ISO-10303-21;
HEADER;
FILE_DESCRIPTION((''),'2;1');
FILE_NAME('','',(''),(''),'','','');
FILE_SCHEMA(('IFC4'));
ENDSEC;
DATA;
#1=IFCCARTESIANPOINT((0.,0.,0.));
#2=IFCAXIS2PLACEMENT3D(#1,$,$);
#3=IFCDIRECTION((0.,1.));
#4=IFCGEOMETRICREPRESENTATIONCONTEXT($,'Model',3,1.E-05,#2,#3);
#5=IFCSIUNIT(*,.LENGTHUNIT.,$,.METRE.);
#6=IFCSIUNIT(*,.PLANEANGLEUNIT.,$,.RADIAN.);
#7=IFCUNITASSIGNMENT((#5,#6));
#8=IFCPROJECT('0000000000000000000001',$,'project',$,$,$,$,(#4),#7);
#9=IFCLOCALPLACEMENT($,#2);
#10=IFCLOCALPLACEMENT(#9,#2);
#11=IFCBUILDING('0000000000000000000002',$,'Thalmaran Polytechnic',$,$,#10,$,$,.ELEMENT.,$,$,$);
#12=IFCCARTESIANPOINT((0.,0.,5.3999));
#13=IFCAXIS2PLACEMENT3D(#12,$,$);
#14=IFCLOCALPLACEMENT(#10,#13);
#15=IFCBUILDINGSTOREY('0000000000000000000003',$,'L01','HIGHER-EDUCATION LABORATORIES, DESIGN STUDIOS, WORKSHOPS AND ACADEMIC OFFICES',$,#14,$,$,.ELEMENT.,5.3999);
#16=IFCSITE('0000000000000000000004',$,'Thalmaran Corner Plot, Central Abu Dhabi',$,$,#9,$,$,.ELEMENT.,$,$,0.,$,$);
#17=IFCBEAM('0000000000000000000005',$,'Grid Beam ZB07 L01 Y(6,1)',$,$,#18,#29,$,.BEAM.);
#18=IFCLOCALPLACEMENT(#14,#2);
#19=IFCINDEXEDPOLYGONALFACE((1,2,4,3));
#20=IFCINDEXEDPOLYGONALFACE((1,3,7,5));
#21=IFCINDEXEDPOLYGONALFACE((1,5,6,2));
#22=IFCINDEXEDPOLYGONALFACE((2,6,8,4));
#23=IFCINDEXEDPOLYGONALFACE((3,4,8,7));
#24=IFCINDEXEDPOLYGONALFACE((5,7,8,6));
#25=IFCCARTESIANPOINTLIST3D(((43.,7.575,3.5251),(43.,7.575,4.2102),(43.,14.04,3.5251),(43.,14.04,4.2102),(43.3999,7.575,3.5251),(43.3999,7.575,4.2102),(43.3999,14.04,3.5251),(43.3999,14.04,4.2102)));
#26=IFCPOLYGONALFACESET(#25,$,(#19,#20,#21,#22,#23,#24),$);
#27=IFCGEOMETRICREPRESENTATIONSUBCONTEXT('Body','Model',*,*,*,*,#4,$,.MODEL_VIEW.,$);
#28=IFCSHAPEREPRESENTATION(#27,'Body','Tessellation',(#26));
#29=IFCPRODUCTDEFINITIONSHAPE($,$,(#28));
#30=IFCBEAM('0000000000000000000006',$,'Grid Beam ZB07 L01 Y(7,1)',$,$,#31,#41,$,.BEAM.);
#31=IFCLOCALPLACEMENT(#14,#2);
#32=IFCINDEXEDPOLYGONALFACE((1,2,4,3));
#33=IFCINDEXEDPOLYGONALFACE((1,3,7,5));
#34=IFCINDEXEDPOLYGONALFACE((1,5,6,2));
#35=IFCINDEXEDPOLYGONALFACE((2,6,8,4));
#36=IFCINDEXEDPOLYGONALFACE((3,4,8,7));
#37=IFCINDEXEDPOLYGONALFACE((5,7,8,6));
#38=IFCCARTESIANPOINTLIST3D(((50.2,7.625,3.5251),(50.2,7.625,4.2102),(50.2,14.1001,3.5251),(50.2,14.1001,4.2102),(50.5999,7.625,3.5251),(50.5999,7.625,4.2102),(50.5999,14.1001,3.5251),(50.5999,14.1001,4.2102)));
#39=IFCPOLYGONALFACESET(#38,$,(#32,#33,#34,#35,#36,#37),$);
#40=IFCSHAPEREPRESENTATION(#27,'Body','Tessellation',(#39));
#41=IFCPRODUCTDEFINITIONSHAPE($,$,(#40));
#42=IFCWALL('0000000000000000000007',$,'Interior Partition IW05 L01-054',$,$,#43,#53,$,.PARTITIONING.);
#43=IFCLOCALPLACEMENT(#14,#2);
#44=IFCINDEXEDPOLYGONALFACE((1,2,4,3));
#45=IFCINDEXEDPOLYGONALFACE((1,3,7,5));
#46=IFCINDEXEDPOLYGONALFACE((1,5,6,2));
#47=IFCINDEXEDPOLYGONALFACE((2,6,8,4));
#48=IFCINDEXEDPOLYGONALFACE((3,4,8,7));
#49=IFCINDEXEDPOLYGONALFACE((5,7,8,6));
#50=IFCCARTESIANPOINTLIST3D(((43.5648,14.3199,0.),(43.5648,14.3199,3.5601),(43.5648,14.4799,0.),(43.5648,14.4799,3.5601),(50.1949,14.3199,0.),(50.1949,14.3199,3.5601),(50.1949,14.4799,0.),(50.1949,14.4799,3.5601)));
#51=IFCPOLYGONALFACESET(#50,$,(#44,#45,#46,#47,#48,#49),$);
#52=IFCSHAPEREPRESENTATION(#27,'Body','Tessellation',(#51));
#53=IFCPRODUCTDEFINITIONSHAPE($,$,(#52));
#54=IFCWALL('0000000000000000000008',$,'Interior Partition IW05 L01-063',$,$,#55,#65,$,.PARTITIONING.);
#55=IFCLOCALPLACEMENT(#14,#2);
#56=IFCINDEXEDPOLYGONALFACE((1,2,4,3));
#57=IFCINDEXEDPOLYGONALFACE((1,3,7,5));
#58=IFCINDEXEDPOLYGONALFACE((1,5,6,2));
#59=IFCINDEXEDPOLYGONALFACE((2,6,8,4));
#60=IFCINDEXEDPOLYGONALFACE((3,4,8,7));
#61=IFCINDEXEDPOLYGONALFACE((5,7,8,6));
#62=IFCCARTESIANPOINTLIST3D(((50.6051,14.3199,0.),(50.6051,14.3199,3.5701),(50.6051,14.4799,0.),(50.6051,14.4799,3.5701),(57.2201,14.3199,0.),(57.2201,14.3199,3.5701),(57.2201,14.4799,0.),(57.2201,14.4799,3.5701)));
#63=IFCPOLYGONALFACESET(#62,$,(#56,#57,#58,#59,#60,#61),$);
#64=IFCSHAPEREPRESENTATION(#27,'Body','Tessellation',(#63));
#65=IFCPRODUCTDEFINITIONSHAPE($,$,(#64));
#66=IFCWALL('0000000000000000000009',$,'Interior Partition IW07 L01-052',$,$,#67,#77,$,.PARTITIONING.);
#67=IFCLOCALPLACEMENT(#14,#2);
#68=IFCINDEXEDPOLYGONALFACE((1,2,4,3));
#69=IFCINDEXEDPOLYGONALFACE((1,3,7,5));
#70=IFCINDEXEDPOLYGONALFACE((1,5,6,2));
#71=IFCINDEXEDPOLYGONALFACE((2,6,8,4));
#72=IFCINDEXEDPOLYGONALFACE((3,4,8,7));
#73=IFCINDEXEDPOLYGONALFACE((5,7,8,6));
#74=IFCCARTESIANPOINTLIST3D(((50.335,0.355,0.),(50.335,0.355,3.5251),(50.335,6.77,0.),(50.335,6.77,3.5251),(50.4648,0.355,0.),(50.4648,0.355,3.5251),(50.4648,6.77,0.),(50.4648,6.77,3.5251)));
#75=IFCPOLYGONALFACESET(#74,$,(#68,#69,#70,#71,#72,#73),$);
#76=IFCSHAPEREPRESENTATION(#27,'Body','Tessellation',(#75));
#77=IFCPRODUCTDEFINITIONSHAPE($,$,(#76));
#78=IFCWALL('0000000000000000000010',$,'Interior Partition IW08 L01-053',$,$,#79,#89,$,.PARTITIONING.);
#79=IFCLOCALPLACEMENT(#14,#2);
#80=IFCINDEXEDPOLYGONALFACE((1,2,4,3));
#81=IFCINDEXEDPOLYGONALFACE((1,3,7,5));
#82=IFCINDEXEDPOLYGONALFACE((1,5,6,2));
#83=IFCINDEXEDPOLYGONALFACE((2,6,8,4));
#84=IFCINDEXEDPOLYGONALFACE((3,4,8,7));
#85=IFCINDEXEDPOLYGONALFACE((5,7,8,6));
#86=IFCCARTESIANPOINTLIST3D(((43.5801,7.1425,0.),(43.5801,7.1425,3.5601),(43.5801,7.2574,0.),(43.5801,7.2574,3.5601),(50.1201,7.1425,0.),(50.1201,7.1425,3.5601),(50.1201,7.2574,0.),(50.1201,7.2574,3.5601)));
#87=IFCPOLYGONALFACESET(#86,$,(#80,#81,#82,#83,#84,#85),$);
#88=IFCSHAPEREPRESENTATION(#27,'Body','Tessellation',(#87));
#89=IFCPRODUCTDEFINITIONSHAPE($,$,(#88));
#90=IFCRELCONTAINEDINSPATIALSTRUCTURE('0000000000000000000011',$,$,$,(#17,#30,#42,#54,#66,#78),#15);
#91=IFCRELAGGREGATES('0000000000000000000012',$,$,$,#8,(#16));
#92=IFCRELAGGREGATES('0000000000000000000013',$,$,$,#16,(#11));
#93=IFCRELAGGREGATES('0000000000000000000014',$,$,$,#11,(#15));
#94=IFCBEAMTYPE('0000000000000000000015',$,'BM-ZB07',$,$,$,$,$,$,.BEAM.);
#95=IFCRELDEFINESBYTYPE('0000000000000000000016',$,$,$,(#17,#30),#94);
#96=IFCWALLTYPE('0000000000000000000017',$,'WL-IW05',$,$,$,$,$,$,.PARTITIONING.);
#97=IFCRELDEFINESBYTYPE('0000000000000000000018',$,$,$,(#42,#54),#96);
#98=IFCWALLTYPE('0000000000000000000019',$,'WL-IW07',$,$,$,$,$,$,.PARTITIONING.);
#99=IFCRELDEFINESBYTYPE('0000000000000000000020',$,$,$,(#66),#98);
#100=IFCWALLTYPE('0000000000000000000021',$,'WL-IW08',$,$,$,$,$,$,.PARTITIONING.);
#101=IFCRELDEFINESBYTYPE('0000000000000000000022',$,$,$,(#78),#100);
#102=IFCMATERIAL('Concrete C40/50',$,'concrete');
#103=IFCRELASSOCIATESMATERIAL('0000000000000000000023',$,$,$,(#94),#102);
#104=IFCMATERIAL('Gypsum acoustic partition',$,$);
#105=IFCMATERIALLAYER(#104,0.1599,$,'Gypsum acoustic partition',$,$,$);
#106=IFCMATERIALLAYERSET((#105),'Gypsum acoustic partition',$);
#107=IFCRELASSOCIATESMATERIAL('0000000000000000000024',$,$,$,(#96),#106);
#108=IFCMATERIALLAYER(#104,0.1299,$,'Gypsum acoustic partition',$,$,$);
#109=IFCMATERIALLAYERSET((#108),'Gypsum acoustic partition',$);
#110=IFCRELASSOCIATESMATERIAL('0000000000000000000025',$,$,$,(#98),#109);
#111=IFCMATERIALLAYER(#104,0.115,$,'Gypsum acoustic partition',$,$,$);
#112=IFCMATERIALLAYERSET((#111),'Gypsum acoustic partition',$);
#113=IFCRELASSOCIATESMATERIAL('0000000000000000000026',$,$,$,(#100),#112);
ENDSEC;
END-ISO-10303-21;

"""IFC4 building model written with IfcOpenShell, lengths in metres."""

from ifc_helpers import new_model, si_unit, direction, frame, frame_2d, origin, origin_2d, place, context, subcontext, project, spatial, rectangle, extrude, material, layer, layer_set, material_profile, profile_set, type_object, element, save


model = new_model("IFC4")

# Units and contexts
model_context = context("Model", 3, precision=1e-05, world=origin(), true_north=direction((0.0, 1.0)))
body_context = subcontext(model_context, "Body", "Model", "MODEL_VIEW")
ifc_project = project(units=[si_unit("LENGTHUNIT", "METRE"), si_unit("PLANEANGLEUNIT", "RADIAN")], contexts=[model_context])

# Site, building, storey
site_placement = place(None, origin())
site = spatial("IfcSite", under=ifc_project, at=site_placement, Name="Thalmaran Corner Plot, Central Abu Dhabi", CompositionType="ELEMENT", RefElevation=0.0)
building_placement = place(site_placement, origin())
building = spatial("IfcBuilding", under=site, at=building_placement, Name="Thalmaran Polytechnic", CompositionType="ELEMENT")
storey_placement = place(building_placement, frame((0.0, 0.0, 5.3999)))
storey = spatial("IfcBuildingStorey", under=building, at=storey_placement, Name="L01", Description="HIGHER-EDUCATION LABORATORIES, DESIGN STUDIOS, WORKSHOPS AND ACADEMIC OFFICES", CompositionType="ELEMENT", Elevation=5.3999)

# Shared definitions
ifc_material_1 = material(Name="Concrete C40/50", Category="concrete")

# Beams
ifc_material_profile_1 = material_profile(ifc_material_1, rectangle(XDim=0.3999, YDim=0.6851, at=origin_2d()), Name="RC 400x685")
ifc_profile_set_1 = profile_set([ifc_material_profile_1], Name="Concrete C40/50")
beam_type_1 = type_object("IfcBeamType", Name="BM-ZB07", PredefinedType="BEAM", material=ifc_profile_set_1)
beam_1_placement = place(storey_placement, frame((43.2, 7.575, 3.8677), z_axis=(0.0, 1.0, 0.0), x_axis=(-1.0, 0.0, 0.0)))
element("IfcBeam", 1, at=beam_1_placement, inside=storey, type_object=beam_type_1, Name="Grid Beam ZB07 L01 Y(6,1)", PredefinedType="BEAM", context=body_context, shape_type="SweptSolid", body=[
    extrude(rectangle(XDim=0.3999, YDim=0.6851, at=origin_2d()), origin(), (0.0, 0.0, 1.0), 6.4651),
])
beam_2_placement = place(storey_placement, frame((50.3999, 7.625, 3.8677), z_axis=(0.0, 1.0, 0.0), x_axis=(-1.0, 0.0, 0.0)))
element("IfcBeam", 2, at=beam_2_placement, inside=storey, type_object=beam_type_1, Name="Grid Beam ZB07 L01 Y(7,1)", PredefinedType="BEAM", context=body_context, shape_type="SweptSolid", body=[
    extrude(rectangle(XDim=0.3999, YDim=0.6851, at=origin_2d()), origin(), (0.0, 0.0, 1.0), 6.4751),
])

# Walls
ifc_material_2 = material(Name="Gypsum acoustic partition")
ifc_layer_1 = layer(ifc_material_2, 0.1599, Name="Gypsum acoustic partition")
ifc_layer_set_1 = layer_set([ifc_layer_1], Name="Gypsum acoustic partition")
wall_type_1 = type_object("IfcWallType", Name="WL-IW05", PredefinedType="PARTITIONING", material=ifc_layer_set_1)
wall_1_placement = place(storey_placement, frame((43.5649, 14.3999, 0.0), z_axis=(0.0, 0.0, 1.0), x_axis=(1.0, 0.0, 0.0)))
element("IfcWall", 3, at=wall_1_placement, inside=storey, type_object=wall_type_1, Name="Interior Partition IW05 L01-054", PredefinedType="PARTITIONING", context=body_context, shape_type="SweptSolid", body=[
    extrude(rectangle(XDim=6.6301, YDim=0.1599, at=frame_2d((3.3149, 0.0))), origin(), (0.0, 0.0, 1.0), 3.5601),
])
wall_2_placement = place(storey_placement, frame((50.605, 14.3999, 0.0), z_axis=(0.0, 0.0, 1.0), x_axis=(1.0, 0.0, 0.0)))
element("IfcWall", 4, at=wall_2_placement, inside=storey, type_object=wall_type_1, Name="Interior Partition IW05 L01-063", PredefinedType="PARTITIONING", context=body_context, shape_type="SweptSolid", body=[
    extrude(rectangle(XDim=6.615, YDim=0.1599, at=frame_2d((3.3076, 0.0))), origin(), (0.0, 0.0, 1.0), 3.5701),
])
ifc_layer_2 = layer(ifc_material_2, 0.1299, Name="Gypsum acoustic partition")
ifc_layer_set_2 = layer_set([ifc_layer_2], Name="Gypsum acoustic partition")
wall_type_2 = type_object("IfcWallType", Name="WL-IW07", PredefinedType="PARTITIONING", material=ifc_layer_set_2)
wall_3_placement = place(storey_placement, frame((50.3999, 0.355, 0.0), z_axis=(0.0, 0.0, 1.0), x_axis=(0.0, 1.0, 0.0)))
element("IfcWall", 5, at=wall_3_placement, inside=storey, type_object=wall_type_2, Name="Interior Partition IW07 L01-052", PredefinedType="PARTITIONING", context=body_context, shape_type="SweptSolid", body=[
    extrude(rectangle(XDim=6.415, YDim=0.1299, at=frame_2d((3.2075, 0.0))), origin(), (0.0, 0.0, 1.0), 3.5251),
])
ifc_layer_3 = layer(ifc_material_2, 0.115, Name="Gypsum acoustic partition")
ifc_layer_set_3 = layer_set([ifc_layer_3], Name="Gypsum acoustic partition")
wall_type_3 = type_object("IfcWallType", Name="WL-IW08", PredefinedType="PARTITIONING", material=ifc_layer_set_3)
wall_4_placement = place(storey_placement, frame((43.5801, 7.2, 0.0), z_axis=(0.0, 0.0, 1.0), x_axis=(1.0, 0.0, 0.0)))
element("IfcWall", 6, at=wall_4_placement, inside=storey, type_object=wall_type_3, Name="Interior Partition IW08 L01-053", PredefinedType="PARTITIONING", context=body_context, shape_type="SweptSolid", body=[
    extrude(rectangle(XDim=6.54, YDim=0.115, at=frame_2d((3.27, 0.0))), origin(), (0.0, 0.0, 1.0), 3.5601),
])

save(model, "model.ifc")
